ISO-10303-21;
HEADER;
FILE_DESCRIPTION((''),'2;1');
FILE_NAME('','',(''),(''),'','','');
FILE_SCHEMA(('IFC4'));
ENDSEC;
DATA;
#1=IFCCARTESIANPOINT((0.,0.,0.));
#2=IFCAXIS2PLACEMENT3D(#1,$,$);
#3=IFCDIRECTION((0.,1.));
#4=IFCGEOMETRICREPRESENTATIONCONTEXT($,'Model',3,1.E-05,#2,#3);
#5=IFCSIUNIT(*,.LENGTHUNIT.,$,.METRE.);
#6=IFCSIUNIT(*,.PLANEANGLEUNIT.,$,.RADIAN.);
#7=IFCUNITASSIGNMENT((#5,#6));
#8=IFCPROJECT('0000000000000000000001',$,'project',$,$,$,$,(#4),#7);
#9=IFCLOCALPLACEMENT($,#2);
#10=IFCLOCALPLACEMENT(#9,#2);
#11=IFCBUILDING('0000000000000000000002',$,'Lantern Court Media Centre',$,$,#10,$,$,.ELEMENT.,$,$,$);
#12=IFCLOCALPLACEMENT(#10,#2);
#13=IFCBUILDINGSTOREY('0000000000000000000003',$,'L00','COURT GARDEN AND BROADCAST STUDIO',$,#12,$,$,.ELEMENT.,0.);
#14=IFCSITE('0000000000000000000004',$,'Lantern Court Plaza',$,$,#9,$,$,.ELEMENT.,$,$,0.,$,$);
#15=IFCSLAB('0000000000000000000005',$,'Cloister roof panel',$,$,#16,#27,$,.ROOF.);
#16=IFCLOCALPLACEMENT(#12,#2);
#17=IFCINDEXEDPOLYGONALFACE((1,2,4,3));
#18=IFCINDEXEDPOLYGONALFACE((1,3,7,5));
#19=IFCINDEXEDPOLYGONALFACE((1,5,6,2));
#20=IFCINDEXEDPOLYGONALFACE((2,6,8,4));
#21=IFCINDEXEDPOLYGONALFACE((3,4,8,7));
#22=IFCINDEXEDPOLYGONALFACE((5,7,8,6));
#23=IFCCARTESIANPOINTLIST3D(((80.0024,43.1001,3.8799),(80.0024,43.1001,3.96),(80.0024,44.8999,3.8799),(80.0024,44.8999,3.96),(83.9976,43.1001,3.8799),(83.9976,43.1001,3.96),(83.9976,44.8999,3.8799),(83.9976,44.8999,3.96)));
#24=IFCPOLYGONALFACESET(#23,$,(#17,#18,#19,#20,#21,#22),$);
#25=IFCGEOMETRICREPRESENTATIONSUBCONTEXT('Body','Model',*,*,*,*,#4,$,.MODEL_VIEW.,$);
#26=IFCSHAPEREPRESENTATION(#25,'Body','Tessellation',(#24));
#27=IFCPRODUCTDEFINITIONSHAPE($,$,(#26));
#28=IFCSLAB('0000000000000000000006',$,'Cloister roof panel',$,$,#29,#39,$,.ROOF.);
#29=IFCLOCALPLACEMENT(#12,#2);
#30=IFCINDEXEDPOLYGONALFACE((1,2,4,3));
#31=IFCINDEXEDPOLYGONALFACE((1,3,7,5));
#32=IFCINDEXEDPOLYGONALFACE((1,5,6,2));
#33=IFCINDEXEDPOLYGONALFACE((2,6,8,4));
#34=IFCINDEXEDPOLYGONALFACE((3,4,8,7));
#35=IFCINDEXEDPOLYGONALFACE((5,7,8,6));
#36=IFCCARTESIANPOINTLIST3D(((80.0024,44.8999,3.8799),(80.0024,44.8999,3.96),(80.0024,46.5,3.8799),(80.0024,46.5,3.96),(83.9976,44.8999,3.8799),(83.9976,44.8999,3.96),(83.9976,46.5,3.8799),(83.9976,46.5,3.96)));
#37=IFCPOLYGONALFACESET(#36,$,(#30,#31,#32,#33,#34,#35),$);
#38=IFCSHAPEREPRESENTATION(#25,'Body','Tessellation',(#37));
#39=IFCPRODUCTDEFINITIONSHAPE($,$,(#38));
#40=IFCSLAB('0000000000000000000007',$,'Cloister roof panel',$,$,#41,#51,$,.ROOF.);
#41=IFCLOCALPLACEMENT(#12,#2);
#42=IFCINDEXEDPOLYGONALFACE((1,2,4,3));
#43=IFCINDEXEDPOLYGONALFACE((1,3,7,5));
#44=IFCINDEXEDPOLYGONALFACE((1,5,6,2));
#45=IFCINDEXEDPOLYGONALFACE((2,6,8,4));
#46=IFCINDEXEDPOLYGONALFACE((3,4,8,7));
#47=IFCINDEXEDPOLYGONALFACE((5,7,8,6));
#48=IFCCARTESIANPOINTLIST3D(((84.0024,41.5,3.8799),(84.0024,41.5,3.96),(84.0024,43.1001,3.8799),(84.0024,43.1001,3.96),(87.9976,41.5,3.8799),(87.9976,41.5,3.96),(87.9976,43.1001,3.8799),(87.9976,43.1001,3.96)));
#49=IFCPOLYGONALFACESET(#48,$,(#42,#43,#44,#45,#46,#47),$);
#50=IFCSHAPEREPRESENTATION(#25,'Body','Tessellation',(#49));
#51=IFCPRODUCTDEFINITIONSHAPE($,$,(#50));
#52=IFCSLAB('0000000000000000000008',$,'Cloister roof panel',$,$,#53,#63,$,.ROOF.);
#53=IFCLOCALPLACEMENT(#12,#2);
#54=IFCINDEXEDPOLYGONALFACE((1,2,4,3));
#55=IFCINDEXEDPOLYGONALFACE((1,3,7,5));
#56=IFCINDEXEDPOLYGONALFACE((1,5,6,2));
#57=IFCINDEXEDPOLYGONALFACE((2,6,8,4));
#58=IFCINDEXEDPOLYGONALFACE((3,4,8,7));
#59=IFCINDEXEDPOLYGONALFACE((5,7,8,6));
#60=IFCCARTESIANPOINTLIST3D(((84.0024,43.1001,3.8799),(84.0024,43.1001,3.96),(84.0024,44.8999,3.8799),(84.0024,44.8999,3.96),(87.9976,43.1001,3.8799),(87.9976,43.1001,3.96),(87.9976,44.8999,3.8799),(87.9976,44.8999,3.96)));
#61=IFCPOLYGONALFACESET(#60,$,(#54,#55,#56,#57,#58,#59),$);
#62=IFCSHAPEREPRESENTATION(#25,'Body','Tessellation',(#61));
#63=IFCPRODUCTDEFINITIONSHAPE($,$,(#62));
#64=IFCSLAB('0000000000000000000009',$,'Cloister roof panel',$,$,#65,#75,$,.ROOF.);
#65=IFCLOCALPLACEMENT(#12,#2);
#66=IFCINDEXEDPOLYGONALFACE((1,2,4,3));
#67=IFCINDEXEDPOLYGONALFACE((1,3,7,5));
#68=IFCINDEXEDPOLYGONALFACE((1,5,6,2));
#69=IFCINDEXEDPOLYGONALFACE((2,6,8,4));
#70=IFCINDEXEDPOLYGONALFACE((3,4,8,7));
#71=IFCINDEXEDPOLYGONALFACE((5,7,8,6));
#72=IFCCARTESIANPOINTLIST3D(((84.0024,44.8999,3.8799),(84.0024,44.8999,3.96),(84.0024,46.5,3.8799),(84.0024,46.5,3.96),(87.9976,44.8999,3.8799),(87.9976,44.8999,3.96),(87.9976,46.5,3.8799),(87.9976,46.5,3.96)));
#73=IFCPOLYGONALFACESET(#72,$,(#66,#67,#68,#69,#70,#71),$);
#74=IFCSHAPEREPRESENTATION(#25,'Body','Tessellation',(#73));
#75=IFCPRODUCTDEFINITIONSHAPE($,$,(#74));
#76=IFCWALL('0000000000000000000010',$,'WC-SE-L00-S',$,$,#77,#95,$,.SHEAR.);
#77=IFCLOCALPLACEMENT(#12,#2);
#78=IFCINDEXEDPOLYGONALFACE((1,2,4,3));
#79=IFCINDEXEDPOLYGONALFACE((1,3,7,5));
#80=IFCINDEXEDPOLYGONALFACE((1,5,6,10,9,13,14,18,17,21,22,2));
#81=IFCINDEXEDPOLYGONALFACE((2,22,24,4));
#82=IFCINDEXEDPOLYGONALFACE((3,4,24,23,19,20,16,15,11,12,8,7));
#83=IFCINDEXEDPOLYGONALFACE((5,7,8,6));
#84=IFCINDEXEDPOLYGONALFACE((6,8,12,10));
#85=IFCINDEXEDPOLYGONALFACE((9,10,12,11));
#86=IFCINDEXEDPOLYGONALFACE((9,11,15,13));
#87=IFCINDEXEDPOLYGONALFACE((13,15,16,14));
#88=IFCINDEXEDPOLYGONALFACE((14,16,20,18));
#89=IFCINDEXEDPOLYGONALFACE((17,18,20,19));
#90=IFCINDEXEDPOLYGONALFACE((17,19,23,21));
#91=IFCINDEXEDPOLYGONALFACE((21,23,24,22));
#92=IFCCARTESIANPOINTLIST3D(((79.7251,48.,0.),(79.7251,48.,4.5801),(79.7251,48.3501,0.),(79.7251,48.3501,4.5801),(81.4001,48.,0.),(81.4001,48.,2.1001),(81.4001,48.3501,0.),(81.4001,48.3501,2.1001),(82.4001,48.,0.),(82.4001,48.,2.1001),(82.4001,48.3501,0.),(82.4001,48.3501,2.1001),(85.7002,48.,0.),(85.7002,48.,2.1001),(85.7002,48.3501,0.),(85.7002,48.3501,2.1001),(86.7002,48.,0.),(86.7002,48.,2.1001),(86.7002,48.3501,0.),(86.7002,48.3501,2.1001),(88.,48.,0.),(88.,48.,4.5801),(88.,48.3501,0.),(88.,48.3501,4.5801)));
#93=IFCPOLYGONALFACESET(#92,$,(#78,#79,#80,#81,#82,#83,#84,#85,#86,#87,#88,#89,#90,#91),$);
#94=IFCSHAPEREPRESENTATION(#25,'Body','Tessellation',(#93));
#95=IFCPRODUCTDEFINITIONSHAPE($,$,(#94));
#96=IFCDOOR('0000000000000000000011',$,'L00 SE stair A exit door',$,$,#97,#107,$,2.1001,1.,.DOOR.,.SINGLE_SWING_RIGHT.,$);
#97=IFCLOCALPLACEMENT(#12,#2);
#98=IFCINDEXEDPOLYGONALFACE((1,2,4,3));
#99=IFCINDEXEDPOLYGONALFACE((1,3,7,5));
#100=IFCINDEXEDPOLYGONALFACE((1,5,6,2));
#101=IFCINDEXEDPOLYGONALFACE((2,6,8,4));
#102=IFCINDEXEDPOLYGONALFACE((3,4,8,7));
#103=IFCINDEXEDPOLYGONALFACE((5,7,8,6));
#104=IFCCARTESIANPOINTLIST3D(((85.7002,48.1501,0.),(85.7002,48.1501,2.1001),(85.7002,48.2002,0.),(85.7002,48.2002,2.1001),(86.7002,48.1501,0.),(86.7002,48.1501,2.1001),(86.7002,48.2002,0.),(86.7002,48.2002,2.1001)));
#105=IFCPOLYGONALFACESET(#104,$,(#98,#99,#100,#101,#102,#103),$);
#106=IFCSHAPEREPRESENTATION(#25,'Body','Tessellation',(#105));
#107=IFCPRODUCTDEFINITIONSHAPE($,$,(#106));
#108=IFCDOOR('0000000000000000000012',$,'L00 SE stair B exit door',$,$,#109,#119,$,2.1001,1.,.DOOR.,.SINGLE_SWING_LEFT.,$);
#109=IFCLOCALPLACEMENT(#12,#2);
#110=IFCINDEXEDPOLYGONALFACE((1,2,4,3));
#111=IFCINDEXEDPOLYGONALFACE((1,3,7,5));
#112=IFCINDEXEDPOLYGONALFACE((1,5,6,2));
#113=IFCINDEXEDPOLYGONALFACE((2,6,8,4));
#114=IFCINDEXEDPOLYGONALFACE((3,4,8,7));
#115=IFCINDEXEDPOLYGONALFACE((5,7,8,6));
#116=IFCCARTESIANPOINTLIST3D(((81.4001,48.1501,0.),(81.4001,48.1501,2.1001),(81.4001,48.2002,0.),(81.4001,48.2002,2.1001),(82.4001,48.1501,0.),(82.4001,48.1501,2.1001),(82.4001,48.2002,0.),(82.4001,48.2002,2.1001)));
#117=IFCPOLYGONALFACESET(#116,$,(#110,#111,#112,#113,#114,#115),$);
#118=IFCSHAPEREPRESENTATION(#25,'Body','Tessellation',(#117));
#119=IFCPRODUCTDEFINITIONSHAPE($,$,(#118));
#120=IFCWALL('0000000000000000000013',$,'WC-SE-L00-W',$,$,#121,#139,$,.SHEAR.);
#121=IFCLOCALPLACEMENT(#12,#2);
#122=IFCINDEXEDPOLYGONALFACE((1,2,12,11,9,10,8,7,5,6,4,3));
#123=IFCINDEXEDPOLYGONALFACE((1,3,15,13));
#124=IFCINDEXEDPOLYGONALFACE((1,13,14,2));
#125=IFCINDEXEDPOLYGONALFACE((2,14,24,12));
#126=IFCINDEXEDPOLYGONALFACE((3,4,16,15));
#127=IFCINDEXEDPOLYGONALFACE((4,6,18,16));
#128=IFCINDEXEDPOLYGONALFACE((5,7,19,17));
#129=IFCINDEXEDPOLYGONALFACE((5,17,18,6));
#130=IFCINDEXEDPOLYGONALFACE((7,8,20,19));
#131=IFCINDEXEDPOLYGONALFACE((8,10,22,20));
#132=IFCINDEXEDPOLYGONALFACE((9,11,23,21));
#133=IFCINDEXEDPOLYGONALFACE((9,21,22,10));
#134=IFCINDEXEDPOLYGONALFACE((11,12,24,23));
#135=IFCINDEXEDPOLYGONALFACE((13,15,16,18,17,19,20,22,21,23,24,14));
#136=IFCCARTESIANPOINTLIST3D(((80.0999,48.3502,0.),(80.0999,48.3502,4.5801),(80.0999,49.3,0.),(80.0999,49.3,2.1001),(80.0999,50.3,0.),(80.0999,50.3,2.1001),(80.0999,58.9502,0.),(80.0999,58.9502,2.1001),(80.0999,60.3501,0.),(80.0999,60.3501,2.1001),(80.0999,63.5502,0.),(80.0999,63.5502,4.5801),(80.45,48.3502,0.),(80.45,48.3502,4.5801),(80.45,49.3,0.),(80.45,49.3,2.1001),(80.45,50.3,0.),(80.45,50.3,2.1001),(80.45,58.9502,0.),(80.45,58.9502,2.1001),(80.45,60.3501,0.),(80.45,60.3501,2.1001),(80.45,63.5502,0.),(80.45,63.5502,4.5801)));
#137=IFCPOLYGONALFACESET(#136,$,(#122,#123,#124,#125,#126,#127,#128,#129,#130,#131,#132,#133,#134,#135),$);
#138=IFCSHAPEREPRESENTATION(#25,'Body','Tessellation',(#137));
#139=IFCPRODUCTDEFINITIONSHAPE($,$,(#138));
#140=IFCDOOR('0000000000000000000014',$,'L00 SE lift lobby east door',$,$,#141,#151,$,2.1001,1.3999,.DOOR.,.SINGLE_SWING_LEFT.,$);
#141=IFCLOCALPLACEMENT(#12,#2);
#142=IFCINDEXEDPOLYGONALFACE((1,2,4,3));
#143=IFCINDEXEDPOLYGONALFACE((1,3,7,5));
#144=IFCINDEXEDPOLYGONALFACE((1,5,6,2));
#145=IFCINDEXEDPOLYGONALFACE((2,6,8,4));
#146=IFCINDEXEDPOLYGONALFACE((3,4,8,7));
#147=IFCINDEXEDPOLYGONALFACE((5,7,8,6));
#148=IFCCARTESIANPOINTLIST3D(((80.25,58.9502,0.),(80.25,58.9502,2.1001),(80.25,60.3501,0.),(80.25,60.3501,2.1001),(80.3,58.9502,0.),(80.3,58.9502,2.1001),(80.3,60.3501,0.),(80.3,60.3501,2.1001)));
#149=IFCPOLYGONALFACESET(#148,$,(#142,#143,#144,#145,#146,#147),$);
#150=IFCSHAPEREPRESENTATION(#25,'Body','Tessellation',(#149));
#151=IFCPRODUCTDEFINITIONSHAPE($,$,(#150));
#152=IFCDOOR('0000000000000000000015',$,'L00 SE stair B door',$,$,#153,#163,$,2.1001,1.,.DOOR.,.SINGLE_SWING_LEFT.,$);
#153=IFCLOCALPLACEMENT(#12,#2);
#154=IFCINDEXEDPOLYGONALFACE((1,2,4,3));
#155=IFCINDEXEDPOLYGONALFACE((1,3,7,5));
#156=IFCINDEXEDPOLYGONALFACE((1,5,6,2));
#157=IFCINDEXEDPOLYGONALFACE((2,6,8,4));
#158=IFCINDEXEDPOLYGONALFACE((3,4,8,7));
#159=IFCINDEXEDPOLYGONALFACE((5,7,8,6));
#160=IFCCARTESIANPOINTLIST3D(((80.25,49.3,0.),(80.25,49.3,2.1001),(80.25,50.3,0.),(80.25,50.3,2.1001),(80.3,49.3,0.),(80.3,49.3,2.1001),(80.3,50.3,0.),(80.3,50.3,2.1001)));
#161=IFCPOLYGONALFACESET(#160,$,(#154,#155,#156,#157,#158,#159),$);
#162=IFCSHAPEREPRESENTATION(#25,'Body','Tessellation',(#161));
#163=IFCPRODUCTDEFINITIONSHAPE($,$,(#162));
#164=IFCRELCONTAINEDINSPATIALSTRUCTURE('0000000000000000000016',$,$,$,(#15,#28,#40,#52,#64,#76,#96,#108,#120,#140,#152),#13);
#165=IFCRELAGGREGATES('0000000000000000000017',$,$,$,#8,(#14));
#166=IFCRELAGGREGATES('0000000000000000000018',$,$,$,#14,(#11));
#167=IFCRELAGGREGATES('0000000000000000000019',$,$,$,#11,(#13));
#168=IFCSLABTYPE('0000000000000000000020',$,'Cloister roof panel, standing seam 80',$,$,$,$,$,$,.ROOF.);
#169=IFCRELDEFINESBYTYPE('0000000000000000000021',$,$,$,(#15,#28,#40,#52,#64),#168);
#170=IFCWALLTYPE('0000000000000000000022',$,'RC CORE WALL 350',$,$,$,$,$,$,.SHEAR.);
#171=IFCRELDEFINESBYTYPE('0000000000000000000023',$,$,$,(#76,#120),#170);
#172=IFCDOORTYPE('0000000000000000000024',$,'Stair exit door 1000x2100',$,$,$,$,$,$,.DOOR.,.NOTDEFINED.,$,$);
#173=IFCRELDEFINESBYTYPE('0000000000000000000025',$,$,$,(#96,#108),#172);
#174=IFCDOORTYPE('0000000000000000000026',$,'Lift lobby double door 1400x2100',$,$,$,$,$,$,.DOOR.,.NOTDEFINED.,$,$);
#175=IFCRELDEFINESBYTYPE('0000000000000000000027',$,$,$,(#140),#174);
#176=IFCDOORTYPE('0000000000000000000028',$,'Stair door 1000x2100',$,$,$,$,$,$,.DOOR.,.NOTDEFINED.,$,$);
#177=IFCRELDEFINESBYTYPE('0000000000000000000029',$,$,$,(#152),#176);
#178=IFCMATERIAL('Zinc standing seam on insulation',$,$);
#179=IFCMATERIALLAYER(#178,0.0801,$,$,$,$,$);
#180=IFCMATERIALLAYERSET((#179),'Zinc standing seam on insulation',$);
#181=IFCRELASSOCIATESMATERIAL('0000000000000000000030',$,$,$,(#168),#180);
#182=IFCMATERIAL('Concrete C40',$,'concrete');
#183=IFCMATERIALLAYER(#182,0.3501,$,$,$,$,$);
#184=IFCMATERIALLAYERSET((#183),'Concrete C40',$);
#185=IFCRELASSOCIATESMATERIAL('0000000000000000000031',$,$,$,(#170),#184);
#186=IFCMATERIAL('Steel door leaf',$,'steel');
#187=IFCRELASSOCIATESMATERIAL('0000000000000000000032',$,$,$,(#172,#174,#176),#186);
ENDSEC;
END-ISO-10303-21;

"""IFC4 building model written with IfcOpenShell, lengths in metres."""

from ifc_helpers import new_model, si_unit, direction, frame, frame_2d, origin, place, context, subcontext, project, spatial, polyline, rectangle, outline, extrude, material, layer, layer_set, type_object, element, fill, save


model = new_model("IFC4")

# Units and contexts
model_context = context("Model", 3, precision=1e-05, world=origin(), true_north=direction((0.0, 1.0)))
body_context = subcontext(model_context, "Body", "Model", "MODEL_VIEW")
ifc_project = project(units=[si_unit("LENGTHUNIT", "METRE"), si_unit("PLANEANGLEUNIT", "RADIAN")], contexts=[model_context])

# Site, building, storey
site_placement = place(None, origin())
site = spatial("IfcSite", under=ifc_project, at=site_placement, Name="Lantern Court Plaza", CompositionType="ELEMENT", RefElevation=0.0)
building_placement = place(site_placement, origin())
building = spatial("IfcBuilding", under=site, at=building_placement, Name="Lantern Court Media Centre", CompositionType="ELEMENT")
storey_placement = place(building_placement, origin())
storey = spatial("IfcBuildingStorey", under=building, at=storey_placement, Name="L00", Description="COURT GARDEN AND BROADCAST STUDIO", CompositionType="ELEMENT", Elevation=0.0)

# Slabs
ifc_material_1 = material(Name="Zinc standing seam on insulation")
ifc_layer_1 = layer(ifc_material_1, 0.0801)
ifc_layer_set_1 = layer_set([ifc_layer_1], Name="Zinc standing seam on insulation")
slab_type = type_object("IfcSlabType", Name="Cloister roof panel, standing seam 80", PredefinedType="ROOF", material=ifc_layer_set_1)
slab_1_placement = place(storey_placement, frame((80.0024, 43.1001, 3.96), z_axis=(0.0, 0.0, 1.0), x_axis=(1.0, 0.0, 0.0)))
element("IfcSlab", 1, at=slab_1_placement, inside=storey, type_object=slab_type, Name="Cloister roof panel", PredefinedType="ROOF", context=body_context, shape_type="SweptSolid", body=[
    extrude(outline(polyline([(0.0, 0.0), (3.9951, 0.0), (3.9951, 1.7998), (0.0, 1.7998), (0.0, 0.0)])), origin(), (0.0, 0.0, -1.0), 0.0801),
])
for number, where, z_axis, x_axis, name in (
    (2, (80.0024, 44.8999, 3.96), (0.0, 0.0, 1.0), (1.0, 0.0, 0.0), "Cloister roof panel"),
    (3, (84.0024, 41.5, 3.96), (0.0, 0.0, 1.0), (1.0, 0.0, 0.0), "Cloister roof panel"),
):
    element("IfcSlab", number, at=place(storey_placement, frame(where, z_axis=z_axis, x_axis=x_axis)), inside=storey, type_object=slab_type, Name=name, PredefinedType="ROOF", context=body_context, shape_type="SweptSolid", body=[
        extrude(outline(polyline([(0.0, 0.0), (3.9951, 0.0), (3.9951, 1.6001), (0.0, 1.6001), (0.0, 0.0)])), origin(), (0.0, 0.0, -1.0), 0.0801),
    ])
slab_2_placement = place(storey_placement, frame((84.0024, 43.1001, 3.96), z_axis=(0.0, 0.0, 1.0), x_axis=(1.0, 0.0, 0.0)))
element("IfcSlab", 4, at=slab_2_placement, inside=storey, type_object=slab_type, Name="Cloister roof panel", PredefinedType="ROOF", context=body_context, shape_type="SweptSolid", body=[
    extrude(outline(polyline([(0.0, 0.0), (3.9951, 0.0), (3.9951, 1.7998), (0.0, 1.7998), (0.0, 0.0)])), origin(), (0.0, 0.0, -1.0), 0.0801),
])
slab_3_placement = place(storey_placement, frame((84.0024, 44.8999, 3.96), z_axis=(0.0, 0.0, 1.0), x_axis=(1.0, 0.0, 0.0)))
element("IfcSlab", 5, at=slab_3_placement, inside=storey, type_object=slab_type, Name="Cloister roof panel", PredefinedType="ROOF", context=body_context, shape_type="SweptSolid", body=[
    extrude(outline(polyline([(0.0, 0.0), (3.9951, 0.0), (3.9951, 1.6001), (0.0, 1.6001), (0.0, 0.0)])), origin(), (0.0, 0.0, -1.0), 0.0801),
])

# Walls, openings, doors
ifc_material_2 = material(Name="Concrete C40", Category="concrete")
ifc_layer_2 = layer(ifc_material_2, 0.3501)
ifc_layer_set_2 = layer_set([ifc_layer_2], Name="Concrete C40")
wall_type_1 = type_object("IfcWallType", Name="RC CORE WALL 350", PredefinedType="SHEAR", material=ifc_layer_set_2)
wall_1_placement = place(storey_placement, frame((79.7251, 48.175, 0.0), z_axis=(0.0, 0.0, 1.0), x_axis=(1.0, 0.0, 0.0)))
wall_1 = element("IfcWall", 6, at=wall_1_placement, inside=storey, type_object=wall_type_1, Name="WC-SE-L00-S", PredefinedType="SHEAR", context=body_context, shape_type="SweptSolid", body=[
    extrude(rectangle(XDim=8.2749, YDim=0.3501, at=frame_2d((4.1375, 0.0))), origin(), (0.0, 0.0, 1.0), 4.5801),
])
opening_1_placement = place(wall_1_placement, frame((5.9751, 0.0, 0.0)))
opening_1 = element("IfcOpeningElement", 7, at=opening_1_placement, cuts=wall_1, PredefinedType="OPENING", context=body_context, shape_type="SweptSolid", body=[
    extrude(rectangle(XDim=1.0, YDim=2.1001, at=frame_2d((0.5, 1.05))), frame((0.0, 0.1851, 0.0), z_axis=(0.0, -1.0, 0.0), x_axis=(1.0, 0.0, 0.0)), (0.0, 0.0, 1.0), 0.3701),
])
opening_2_placement = place(wall_1_placement, frame((1.675, 0.0, 0.0)))
opening_2 = element("IfcOpeningElement", 8, at=opening_2_placement, cuts=wall_1, PredefinedType="OPENING", context=body_context, shape_type="SweptSolid", body=[
    extrude(rectangle(XDim=1.0, YDim=2.1001, at=frame_2d((0.5, 1.05))), frame((0.0, 0.1851, 0.0), z_axis=(0.0, -1.0, 0.0), x_axis=(1.0, 0.0, 0.0)), (0.0, 0.0, 1.0), 0.3701),
])
ifc_material_3 = material(Name="Steel door leaf", Category="steel")
door_type_1 = type_object("IfcDoorType", Name="Stair exit door 1000x2100", OperationType="NOTDEFINED", PredefinedType="DOOR", material=ifc_material_3)
door_1_placement = place(opening_1_placement, frame((1.0, 0.0, 0.0), z_axis=(0.0, 0.0, 1.0), x_axis=(-1.0, 0.0, 0.0)))
door_1 = element("IfcDoor", 9, at=door_1_placement, inside=storey, type_object=door_type_1, Name="L00 SE stair A exit door", OperationType="SINGLE_SWING_RIGHT", OverallHeight=2.1001, OverallWidth=1.0, PredefinedType="DOOR", context=body_context, shape_type="SweptSolid", body=[
    extrude(rectangle(XDim=1.0, YDim=2.1001, at=frame_2d((0.5, 1.05))), frame((0.0, 0.0249, 0.0), z_axis=(0.0, -1.0, 0.0), x_axis=(1.0, 0.0, 0.0)), (0.0, 0.0, 1.0), 0.05),
])
fill(opening_1, door_1)
door_2_placement = place(opening_2_placement, frame((1.0, 0.0, 0.0), z_axis=(0.0, 0.0, 1.0), x_axis=(-1.0, 0.0, 0.0)))
door_2 = element("IfcDoor", 10, at=door_2_placement, inside=storey, type_object=door_type_1, Name="L00 SE stair B exit door", OperationType="SINGLE_SWING_LEFT", OverallHeight=2.1001, OverallWidth=1.0, PredefinedType="DOOR", context=body_context, shape_type="SweptSolid", body=[
    extrude(rectangle(XDim=1.0, YDim=2.1001, at=frame_2d((0.5, 1.05))), frame((0.0, 0.0249, 0.0), z_axis=(0.0, -1.0, 0.0), x_axis=(1.0, 0.0, 0.0)), (0.0, 0.0, 1.0), 0.05),
])
fill(opening_2, door_2)
wall_2_placement = place(storey_placement, frame((80.2749, 48.3501, 0.0), z_axis=(0.0, 0.0, 1.0), x_axis=(0.0, 1.0, 0.0)))
wall_2 = element("IfcWall", 11, at=wall_2_placement, inside=storey, type_object=wall_type_1, Name="WC-SE-L00-W", PredefinedType="SHEAR", context=body_context, shape_type="SweptSolid", body=[
    extrude(rectangle(XDim=15.2, YDim=0.3501, at=frame_2d((7.6001, 0.0))), origin(), (0.0, 0.0, 1.0), 4.5801),
])
opening_3_placement = place(wall_2_placement, frame((0.95, 0.0, 0.0)))
opening_3 = element("IfcOpeningElement", 12, at=opening_3_placement, cuts=wall_2, PredefinedType="OPENING", context=body_context, shape_type="SweptSolid", body=[
    extrude(rectangle(XDim=1.0, YDim=2.1001, at=frame_2d((0.5, 1.05))), frame((0.0, 0.1851, 0.0), z_axis=(0.0, -1.0, 0.0), x_axis=(1.0, 0.0, 0.0)), (0.0, 0.0, 1.0), 0.3701),
])
opening_4_placement = place(wall_2_placement, frame((10.6001, 0.0, 0.0)))
opening_4 = element("IfcOpeningElement", 13, at=opening_4_placement, cuts=wall_2, PredefinedType="OPENING", context=body_context, shape_type="SweptSolid", body=[
    extrude(rectangle(XDim=1.3999, YDim=2.1001, at=frame_2d((0.7, 1.05))), frame((0.0, 0.1851, 0.0), z_axis=(0.0, -1.0, 0.0), x_axis=(1.0, 0.0, 0.0)), (0.0, 0.0, 1.0), 0.3701),
])
door_type_2 = type_object("IfcDoorType", Name="Lift lobby double door 1400x2100", OperationType="NOTDEFINED", PredefinedType="DOOR", material=ifc_material_3)
door_3_placement = place(opening_4_placement, origin())
door_3 = element("IfcDoor", 14, at=door_3_placement, inside=storey, type_object=door_type_2, Name="L00 SE lift lobby east door", OperationType="SINGLE_SWING_LEFT", OverallHeight=2.1001, OverallWidth=1.3999, PredefinedType="DOOR", context=body_context, shape_type="SweptSolid", body=[
    extrude(rectangle(XDim=1.3999, YDim=2.1001, at=frame_2d((0.7, 1.05))), frame((0.0, 0.0249, 0.0), z_axis=(0.0, -1.0, 0.0), x_axis=(1.0, 0.0, 0.0)), (0.0, 0.0, 1.0), 0.05),
])
fill(opening_4, door_3)
door_type_3 = type_object("IfcDoorType", Name="Stair door 1000x2100", OperationType="NOTDEFINED", PredefinedType="DOOR", material=ifc_material_3)
door_4_placement = place(opening_3_placement, origin())
door_4 = element("IfcDoor", 15, at=door_4_placement, inside=storey, type_object=door_type_3, Name="L00 SE stair B door", OperationType="SINGLE_SWING_LEFT", OverallHeight=2.1001, OverallWidth=1.0, PredefinedType="DOOR", context=body_context, shape_type="SweptSolid", body=[
    extrude(rectangle(XDim=1.0, YDim=2.1001, at=frame_2d((0.5, 1.05))), frame((0.0, 0.0249, 0.0), z_axis=(0.0, -1.0, 0.0), x_axis=(1.0, 0.0, 0.0)), (0.0, 0.0, 1.0), 0.05),
])
fill(opening_3, door_4)

save(model, "model.ifc")
